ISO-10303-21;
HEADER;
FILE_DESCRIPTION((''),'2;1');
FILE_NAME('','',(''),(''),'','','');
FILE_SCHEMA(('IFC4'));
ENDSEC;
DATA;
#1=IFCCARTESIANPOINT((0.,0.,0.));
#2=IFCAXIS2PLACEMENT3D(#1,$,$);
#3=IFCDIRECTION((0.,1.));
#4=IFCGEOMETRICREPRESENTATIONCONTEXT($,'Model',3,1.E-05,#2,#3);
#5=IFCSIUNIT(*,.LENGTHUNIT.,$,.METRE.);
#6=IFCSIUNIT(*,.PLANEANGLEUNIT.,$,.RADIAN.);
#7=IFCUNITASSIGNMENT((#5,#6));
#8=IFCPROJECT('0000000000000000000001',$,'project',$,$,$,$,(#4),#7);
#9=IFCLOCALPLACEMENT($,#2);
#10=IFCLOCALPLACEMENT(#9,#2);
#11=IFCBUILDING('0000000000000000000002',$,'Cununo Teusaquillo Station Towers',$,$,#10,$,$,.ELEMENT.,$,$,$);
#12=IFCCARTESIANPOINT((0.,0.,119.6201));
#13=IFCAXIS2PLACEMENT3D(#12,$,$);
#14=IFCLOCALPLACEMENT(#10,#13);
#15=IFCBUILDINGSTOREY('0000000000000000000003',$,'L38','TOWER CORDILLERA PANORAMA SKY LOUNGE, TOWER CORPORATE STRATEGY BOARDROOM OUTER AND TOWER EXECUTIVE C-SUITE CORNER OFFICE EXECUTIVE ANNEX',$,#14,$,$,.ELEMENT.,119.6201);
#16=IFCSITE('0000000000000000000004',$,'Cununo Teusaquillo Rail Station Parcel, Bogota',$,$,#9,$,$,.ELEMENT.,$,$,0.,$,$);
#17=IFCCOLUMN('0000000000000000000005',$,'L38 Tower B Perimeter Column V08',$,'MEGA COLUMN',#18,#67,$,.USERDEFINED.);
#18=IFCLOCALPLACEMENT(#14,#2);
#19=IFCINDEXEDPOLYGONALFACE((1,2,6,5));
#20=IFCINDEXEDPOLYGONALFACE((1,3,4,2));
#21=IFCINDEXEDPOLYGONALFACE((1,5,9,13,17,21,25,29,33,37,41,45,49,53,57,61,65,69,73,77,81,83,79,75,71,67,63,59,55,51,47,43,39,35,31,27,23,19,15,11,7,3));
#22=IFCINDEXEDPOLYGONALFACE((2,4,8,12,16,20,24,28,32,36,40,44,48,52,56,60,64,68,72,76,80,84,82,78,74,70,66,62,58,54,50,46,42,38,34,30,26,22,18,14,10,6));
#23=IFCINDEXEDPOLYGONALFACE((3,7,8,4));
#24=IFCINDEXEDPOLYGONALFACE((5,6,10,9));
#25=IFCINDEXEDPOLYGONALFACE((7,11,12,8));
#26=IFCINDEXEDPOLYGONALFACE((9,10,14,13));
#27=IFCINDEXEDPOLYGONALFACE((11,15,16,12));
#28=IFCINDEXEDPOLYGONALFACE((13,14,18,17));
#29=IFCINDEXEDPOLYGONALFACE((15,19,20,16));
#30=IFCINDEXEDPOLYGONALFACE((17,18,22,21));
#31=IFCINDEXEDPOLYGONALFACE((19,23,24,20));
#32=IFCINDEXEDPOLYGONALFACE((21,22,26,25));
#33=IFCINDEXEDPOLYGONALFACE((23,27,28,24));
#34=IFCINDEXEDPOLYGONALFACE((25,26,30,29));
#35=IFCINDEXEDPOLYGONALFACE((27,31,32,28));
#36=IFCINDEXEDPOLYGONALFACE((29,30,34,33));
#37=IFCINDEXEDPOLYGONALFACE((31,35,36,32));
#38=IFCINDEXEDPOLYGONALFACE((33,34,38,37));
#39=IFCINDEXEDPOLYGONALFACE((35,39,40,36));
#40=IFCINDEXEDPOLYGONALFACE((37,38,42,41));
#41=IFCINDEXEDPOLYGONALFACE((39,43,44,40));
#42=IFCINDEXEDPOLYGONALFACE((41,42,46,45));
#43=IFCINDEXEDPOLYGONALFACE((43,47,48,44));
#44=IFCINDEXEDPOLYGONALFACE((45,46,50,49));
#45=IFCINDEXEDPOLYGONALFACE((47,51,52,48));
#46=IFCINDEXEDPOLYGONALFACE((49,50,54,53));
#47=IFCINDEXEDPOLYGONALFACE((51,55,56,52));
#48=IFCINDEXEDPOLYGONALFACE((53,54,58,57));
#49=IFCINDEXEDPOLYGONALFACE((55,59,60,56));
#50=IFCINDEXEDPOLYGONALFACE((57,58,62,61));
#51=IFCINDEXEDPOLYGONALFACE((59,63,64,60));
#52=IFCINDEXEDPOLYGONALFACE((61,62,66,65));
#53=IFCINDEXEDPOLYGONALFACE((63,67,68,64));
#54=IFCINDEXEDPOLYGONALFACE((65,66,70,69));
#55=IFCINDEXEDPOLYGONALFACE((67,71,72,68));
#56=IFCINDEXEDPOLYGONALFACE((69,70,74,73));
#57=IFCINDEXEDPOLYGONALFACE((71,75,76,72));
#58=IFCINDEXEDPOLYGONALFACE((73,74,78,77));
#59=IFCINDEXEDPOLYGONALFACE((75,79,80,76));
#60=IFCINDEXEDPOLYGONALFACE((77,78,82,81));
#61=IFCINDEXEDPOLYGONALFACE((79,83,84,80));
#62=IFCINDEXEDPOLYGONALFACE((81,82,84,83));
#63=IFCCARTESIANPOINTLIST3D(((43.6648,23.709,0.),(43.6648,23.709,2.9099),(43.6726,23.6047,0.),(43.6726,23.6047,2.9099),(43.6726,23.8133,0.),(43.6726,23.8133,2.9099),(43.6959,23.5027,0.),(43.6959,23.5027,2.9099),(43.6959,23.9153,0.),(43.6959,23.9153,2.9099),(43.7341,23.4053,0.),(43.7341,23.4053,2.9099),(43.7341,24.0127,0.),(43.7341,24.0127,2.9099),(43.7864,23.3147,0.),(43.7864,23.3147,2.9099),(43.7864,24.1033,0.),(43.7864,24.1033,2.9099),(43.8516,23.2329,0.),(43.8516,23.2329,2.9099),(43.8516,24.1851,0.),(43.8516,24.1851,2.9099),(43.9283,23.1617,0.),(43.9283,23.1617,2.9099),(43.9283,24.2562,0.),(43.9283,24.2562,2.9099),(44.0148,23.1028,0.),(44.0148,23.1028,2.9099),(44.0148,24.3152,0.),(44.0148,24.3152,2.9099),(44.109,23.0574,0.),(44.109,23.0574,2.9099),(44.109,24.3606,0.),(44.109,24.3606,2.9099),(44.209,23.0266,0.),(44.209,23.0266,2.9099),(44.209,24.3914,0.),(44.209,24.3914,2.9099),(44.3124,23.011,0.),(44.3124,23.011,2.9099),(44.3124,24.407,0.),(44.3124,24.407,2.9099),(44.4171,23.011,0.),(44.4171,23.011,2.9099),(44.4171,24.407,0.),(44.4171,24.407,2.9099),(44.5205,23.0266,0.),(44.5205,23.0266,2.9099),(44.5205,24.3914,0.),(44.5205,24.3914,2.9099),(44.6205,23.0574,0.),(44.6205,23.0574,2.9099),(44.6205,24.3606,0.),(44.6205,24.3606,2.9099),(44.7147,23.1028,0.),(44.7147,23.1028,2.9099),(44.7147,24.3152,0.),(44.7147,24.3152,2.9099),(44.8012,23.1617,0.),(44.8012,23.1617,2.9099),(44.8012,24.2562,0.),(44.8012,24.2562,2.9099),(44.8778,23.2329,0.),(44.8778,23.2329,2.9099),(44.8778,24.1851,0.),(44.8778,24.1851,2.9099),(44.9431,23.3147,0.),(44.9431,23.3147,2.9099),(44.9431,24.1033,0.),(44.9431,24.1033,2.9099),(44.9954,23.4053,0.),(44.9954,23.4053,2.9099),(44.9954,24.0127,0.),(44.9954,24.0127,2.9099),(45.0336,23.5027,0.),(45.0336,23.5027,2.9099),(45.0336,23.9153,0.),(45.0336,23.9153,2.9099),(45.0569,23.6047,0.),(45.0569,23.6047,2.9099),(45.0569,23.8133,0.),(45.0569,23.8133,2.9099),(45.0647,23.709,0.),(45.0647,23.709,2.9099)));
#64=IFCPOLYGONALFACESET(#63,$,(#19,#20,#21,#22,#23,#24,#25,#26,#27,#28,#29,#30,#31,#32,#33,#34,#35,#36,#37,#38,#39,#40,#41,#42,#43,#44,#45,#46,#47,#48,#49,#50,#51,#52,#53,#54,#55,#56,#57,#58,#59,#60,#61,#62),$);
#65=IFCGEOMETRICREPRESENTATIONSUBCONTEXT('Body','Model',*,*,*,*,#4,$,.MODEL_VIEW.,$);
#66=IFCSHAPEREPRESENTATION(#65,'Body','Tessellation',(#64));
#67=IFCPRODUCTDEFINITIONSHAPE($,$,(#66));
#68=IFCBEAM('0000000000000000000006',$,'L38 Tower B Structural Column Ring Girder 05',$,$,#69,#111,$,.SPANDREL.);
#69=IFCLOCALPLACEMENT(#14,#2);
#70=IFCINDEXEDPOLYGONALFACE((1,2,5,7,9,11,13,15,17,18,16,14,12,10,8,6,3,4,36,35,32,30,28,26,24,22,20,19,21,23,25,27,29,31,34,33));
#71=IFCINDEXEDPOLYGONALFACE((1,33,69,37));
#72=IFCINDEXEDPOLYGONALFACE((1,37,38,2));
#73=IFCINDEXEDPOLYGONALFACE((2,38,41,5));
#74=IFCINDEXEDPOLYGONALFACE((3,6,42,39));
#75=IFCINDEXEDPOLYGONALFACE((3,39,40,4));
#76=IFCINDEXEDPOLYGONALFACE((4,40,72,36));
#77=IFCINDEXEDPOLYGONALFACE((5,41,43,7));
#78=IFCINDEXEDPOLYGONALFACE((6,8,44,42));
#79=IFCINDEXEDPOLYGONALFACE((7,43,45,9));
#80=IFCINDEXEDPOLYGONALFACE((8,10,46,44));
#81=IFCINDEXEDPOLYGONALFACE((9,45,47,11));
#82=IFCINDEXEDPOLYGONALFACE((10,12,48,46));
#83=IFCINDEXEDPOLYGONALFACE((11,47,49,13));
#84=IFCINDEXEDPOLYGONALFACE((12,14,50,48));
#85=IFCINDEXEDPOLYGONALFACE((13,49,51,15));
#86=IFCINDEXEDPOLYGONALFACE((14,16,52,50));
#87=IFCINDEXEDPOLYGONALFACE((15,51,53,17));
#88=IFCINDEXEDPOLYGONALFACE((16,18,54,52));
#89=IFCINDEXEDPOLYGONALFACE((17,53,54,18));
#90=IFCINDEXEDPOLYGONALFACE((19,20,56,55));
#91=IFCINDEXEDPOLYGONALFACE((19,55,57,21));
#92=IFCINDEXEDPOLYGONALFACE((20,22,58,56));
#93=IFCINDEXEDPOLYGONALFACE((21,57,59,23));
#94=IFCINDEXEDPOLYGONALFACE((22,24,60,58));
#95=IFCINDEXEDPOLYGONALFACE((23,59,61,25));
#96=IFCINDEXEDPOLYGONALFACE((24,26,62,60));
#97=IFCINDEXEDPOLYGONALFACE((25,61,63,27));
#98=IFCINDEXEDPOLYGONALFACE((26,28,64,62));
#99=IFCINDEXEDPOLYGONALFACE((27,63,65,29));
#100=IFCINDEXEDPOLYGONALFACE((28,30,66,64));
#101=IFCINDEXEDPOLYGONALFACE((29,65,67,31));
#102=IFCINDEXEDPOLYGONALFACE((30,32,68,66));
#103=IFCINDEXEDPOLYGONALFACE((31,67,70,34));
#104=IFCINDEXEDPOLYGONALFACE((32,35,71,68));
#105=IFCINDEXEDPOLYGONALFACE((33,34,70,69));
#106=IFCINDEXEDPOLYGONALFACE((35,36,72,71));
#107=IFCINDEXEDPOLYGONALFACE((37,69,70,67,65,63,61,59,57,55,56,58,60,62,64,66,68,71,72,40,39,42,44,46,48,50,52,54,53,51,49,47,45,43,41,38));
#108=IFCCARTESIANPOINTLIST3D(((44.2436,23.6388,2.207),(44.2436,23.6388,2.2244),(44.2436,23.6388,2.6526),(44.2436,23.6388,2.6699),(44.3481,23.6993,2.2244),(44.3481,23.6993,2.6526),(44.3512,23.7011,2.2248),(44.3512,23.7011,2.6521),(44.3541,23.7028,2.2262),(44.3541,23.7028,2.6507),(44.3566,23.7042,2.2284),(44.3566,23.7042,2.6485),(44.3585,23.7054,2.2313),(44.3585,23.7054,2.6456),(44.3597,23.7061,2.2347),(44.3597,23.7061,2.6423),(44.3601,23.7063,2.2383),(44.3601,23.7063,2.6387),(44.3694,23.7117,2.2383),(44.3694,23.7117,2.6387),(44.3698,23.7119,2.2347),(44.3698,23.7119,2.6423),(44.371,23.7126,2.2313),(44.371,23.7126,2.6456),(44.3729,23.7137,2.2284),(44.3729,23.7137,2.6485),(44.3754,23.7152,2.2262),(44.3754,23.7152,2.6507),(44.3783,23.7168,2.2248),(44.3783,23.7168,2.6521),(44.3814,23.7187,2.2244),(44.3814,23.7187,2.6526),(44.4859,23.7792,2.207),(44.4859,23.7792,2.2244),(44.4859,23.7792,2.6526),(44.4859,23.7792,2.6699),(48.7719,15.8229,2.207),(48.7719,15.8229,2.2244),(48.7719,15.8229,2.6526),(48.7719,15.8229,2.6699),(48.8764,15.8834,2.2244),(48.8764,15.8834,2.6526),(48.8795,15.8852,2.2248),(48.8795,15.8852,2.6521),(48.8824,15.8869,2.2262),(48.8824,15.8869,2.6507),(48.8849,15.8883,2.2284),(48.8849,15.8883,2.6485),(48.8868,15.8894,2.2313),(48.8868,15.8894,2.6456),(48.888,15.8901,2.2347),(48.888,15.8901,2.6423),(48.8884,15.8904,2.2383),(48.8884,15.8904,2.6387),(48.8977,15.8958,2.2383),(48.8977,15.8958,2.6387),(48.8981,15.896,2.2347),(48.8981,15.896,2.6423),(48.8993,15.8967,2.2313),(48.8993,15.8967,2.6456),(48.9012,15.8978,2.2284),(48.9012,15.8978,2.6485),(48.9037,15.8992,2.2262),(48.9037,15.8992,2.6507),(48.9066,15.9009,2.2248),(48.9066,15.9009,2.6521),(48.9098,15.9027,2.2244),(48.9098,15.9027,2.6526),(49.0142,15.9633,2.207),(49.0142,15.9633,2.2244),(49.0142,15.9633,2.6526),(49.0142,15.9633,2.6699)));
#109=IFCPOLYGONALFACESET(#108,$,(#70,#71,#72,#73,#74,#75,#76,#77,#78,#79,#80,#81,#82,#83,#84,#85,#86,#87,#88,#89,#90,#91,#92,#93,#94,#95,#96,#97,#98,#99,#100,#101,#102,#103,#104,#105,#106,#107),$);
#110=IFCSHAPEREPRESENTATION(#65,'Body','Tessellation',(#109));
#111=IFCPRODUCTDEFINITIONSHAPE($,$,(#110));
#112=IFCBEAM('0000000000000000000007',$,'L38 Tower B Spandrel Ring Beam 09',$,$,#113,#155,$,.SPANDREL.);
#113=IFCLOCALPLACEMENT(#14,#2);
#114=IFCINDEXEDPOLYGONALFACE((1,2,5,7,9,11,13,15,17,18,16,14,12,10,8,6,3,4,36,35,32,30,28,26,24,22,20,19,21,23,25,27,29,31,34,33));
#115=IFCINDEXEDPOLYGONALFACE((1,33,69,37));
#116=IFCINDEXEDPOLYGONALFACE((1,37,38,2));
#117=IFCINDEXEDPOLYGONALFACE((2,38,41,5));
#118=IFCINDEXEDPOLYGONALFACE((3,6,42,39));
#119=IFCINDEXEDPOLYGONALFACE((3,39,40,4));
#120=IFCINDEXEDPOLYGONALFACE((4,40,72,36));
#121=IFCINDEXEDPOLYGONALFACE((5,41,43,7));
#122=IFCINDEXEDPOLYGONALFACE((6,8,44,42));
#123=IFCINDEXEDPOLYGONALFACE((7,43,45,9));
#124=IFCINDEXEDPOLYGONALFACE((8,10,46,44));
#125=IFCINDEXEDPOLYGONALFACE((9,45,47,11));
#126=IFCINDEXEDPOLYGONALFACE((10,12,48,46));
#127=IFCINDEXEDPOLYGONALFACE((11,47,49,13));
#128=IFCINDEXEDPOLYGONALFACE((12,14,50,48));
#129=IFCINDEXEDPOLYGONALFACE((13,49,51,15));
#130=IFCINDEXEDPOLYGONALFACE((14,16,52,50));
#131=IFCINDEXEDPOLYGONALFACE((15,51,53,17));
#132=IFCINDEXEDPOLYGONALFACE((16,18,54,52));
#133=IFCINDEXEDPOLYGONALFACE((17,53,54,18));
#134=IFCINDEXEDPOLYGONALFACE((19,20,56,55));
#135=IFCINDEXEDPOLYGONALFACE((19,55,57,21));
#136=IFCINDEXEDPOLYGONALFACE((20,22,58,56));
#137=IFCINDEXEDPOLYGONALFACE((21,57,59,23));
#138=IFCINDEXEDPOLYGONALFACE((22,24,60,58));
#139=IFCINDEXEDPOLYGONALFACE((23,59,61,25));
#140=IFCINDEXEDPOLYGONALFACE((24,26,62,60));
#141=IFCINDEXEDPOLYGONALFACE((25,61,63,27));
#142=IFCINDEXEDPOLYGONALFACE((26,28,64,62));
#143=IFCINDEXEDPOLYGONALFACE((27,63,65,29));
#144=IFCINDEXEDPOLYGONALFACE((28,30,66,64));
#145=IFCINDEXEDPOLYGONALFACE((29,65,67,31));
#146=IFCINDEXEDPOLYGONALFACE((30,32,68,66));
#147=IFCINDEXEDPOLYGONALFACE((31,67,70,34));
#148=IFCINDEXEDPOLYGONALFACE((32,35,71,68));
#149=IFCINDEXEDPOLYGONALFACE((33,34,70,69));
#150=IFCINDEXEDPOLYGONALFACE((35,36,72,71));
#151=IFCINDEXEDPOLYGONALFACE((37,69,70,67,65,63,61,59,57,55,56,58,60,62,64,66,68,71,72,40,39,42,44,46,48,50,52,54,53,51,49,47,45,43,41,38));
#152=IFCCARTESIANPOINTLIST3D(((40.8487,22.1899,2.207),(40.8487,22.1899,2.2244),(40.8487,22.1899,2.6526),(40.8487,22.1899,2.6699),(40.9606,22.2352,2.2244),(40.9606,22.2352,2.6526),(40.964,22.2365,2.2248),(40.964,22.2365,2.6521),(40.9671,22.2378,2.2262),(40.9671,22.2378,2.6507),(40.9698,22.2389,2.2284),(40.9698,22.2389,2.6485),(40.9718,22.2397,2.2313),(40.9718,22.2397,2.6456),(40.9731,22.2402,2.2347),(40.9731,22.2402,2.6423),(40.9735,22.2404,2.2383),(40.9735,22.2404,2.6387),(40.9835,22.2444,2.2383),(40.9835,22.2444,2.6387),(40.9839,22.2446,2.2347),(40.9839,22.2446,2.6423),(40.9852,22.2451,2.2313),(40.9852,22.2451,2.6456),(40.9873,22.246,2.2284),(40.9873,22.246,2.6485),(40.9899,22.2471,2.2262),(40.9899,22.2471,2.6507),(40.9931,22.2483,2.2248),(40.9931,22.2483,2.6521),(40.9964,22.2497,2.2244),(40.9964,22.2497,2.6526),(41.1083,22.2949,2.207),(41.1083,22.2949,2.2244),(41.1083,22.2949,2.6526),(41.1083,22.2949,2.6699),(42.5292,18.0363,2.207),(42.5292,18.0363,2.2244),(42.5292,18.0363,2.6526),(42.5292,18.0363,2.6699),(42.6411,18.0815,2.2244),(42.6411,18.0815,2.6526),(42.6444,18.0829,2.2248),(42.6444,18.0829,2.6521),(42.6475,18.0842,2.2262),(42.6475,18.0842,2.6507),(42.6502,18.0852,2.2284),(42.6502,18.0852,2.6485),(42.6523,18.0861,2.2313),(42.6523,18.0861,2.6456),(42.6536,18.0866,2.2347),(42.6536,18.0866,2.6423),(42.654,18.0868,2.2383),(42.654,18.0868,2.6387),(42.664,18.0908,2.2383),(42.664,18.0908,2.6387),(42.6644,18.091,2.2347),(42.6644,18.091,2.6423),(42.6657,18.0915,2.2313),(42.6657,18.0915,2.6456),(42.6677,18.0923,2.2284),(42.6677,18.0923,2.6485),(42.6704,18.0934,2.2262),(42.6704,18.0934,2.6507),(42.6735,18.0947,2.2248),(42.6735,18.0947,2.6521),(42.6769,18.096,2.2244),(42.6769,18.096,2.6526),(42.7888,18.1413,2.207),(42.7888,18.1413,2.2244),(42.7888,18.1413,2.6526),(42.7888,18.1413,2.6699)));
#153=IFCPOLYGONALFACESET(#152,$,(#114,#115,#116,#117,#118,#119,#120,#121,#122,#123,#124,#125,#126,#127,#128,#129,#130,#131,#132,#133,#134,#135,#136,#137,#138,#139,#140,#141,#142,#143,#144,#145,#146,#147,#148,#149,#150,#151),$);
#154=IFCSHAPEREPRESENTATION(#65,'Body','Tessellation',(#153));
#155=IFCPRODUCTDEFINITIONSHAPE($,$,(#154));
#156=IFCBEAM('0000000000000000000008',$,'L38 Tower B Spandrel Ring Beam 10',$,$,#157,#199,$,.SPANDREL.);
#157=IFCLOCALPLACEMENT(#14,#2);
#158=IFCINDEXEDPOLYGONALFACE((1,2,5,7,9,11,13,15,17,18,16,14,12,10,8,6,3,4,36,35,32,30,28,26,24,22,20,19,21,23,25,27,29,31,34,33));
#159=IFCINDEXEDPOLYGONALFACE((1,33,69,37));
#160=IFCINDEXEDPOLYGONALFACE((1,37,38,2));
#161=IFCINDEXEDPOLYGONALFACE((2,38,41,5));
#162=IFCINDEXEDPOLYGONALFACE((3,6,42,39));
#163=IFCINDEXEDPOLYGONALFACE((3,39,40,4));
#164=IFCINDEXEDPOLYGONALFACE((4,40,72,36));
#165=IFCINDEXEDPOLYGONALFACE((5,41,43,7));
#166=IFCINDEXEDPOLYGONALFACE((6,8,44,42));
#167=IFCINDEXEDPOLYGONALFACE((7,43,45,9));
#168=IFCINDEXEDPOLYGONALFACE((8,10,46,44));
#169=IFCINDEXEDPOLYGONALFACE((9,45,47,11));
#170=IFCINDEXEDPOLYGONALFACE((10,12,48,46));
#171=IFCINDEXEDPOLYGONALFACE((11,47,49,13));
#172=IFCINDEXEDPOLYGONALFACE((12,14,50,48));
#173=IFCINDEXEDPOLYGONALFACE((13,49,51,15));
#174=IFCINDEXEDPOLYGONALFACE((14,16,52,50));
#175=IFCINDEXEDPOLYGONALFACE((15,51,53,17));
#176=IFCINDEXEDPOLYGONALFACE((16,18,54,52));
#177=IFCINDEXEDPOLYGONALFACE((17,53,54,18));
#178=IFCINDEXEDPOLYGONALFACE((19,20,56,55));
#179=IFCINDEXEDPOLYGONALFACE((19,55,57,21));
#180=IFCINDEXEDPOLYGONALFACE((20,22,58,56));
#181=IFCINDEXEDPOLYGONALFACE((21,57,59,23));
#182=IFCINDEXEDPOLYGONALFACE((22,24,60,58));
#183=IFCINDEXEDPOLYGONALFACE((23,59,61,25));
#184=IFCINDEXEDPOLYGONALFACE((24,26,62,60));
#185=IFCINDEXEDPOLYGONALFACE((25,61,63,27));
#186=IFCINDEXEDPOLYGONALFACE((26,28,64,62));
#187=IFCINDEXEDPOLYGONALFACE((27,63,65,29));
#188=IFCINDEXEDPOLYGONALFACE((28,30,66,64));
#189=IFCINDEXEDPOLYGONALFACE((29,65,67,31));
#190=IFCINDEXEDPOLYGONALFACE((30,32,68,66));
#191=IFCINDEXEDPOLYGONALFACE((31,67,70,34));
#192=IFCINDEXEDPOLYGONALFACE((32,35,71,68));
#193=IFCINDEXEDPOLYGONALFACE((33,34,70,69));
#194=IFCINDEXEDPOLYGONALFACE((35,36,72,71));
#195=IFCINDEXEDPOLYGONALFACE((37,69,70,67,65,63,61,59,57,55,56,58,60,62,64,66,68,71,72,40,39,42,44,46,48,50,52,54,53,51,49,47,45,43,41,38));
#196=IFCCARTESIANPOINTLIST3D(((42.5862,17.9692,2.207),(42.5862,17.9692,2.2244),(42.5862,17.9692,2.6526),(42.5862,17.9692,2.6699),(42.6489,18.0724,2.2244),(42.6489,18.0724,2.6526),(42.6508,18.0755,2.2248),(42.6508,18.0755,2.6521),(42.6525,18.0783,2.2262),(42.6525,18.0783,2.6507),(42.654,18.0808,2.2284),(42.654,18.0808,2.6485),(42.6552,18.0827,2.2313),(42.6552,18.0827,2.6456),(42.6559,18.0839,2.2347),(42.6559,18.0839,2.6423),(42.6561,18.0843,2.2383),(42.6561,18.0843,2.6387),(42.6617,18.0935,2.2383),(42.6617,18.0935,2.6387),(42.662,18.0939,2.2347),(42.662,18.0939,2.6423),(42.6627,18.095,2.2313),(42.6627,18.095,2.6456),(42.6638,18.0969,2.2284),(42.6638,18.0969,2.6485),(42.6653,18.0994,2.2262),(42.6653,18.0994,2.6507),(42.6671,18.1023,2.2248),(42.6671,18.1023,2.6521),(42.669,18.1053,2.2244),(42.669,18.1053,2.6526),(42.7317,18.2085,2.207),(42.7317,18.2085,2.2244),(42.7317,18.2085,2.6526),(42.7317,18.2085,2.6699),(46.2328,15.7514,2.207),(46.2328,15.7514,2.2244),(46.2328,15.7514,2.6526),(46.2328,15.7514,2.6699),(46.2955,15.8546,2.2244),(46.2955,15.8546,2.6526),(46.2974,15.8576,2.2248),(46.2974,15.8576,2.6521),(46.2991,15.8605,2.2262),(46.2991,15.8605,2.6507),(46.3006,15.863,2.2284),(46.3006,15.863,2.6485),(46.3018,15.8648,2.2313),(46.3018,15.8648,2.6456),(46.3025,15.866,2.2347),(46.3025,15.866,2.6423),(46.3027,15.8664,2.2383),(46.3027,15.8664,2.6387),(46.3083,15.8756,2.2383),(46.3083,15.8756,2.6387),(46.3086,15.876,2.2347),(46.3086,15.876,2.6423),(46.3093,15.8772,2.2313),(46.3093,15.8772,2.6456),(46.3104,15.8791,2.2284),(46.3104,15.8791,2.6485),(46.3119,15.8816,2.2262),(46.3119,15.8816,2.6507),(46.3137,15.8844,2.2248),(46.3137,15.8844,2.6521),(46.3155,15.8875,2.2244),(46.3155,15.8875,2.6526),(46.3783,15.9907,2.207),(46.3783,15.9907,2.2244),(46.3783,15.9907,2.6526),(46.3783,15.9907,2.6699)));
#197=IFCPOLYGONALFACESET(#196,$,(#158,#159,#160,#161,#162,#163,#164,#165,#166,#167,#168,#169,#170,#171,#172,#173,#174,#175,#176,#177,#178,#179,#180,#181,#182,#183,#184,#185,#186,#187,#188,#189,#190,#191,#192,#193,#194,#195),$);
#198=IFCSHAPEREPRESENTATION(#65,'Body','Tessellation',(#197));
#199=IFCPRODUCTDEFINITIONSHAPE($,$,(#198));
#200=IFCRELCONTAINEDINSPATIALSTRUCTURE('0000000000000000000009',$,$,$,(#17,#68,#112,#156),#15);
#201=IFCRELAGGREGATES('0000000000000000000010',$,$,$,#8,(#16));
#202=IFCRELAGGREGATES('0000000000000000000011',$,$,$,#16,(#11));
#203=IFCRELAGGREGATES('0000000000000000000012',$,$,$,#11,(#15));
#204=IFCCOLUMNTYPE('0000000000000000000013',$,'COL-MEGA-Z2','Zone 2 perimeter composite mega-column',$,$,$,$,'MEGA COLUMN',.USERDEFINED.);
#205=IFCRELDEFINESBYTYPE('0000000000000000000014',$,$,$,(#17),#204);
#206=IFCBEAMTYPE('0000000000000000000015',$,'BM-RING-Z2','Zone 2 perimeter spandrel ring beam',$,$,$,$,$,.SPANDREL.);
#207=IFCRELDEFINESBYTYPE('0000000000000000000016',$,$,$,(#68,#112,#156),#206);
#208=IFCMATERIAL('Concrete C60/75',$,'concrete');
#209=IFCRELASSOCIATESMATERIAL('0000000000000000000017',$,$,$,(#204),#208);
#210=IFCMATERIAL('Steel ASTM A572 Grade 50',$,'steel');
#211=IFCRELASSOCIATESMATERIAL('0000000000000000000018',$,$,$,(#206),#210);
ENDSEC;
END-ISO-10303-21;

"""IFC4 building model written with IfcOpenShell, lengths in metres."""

from ifc_helpers import new_model, si_unit, direction, frame, origin, origin_2d, place, context, subcontext, project, spatial, circle, i_section, extrude, material, material_profile, profile_set, type_object, element, save


model = new_model("IFC4")

# Units and contexts
model_context = context("Model", 3, precision=1e-05, world=origin(), true_north=direction((0.0, 1.0)))
body_context = subcontext(model_context, "Body", "Model", "MODEL_VIEW")
ifc_project = project(units=[si_unit("LENGTHUNIT", "METRE"), si_unit("PLANEANGLEUNIT", "RADIAN")], contexts=[model_context])

# Site, building, storey
site_placement = place(None, origin())
site = spatial("IfcSite", under=ifc_project, at=site_placement, Name="Cununo Teusaquillo Rail Station Parcel, Bogota", CompositionType="ELEMENT", RefElevation=0.0)
building_placement = place(site_placement, origin())
building = spatial("IfcBuilding", under=site, at=building_placement, Name="Cununo Teusaquillo Station Towers", CompositionType="ELEMENT")
storey_placement = place(building_placement, frame((0.0, 0.0, 119.6201)))
storey = spatial("IfcBuildingStorey", under=building, at=storey_placement, Name="L38", Description="TOWER CORDILLERA PANORAMA SKY LOUNGE, TOWER CORPORATE STRATEGY BOARDROOM OUTER AND TOWER EXECUTIVE C-SUITE CORNER OFFICE EXECUTIVE ANNEX", CompositionType="ELEMENT", Elevation=119.6201)

# Column
ifc_material_1 = material(Name="Concrete C60/75", Category="concrete")
ifc_material_profile_1 = material_profile(ifc_material_1, circle(Radius=0.7, at=origin_2d()), Name="RC-CIRC-1400")
ifc_profile_set_1 = profile_set([ifc_material_profile_1], Name="Concrete C60/75")
column_type = type_object("IfcColumnType", Name="COL-MEGA-Z2", Description="Zone 2 perimeter composite mega-column", ElementType="MEGA COLUMN", PredefinedType="USERDEFINED", material=ifc_profile_set_1)
column_placement = place(storey_placement, frame((44.3647, 23.709, 0.0), z_axis=(0.0, 0.0, 1.0), x_axis=(1.0, 0.0, 0.0)))
element("IfcColumn", 1, at=column_placement, inside=storey, type_object=column_type, Name="L38 Tower B Perimeter Column V08", ObjectType="MEGA COLUMN", PredefinedType="USERDEFINED", context=body_context, shape_type="SweptSolid", body=[
    extrude(circle(Radius=0.7, at=origin_2d()), origin(), (0.0, 0.0, 1.0), 2.9099),
])

# Beams
ifc_material_2 = material(Name="Steel ASTM A572 Grade 50", Category="steel")
ifc_material_profile_2 = material_profile(ifc_material_2, i_section(OverallWidth=0.28, OverallDepth=0.4629, WebThickness=0.0107, FlangeThickness=0.0173, FilletRadius=0.0139, at=origin_2d()), Name="W18X76")
ifc_profile_set_2 = profile_set([ifc_material_profile_2], Name="Steel ASTM A572 Grade 50")
beam_type = type_object("IfcBeamType", Name="BM-RING-Z2", Description="Zone 2 perimeter spandrel ring beam", PredefinedType="SPANDREL", material=ifc_profile_set_2)
beam_1_placement = place(storey_placement, frame((44.3647, 23.709, 2.4385), z_axis=(0.501311, -0.865267, 0.0), x_axis=(0.865267, 0.501311, 0.0)))
element("IfcBeam", 2, at=beam_1_placement, inside=storey, type_object=beam_type, Name="L38 Tower B Structural Column Ring Girder 05", PredefinedType="SPANDREL", context=body_context, shape_type="SweptSolid", body=[
    extrude(i_section(OverallWidth=0.28, OverallDepth=0.4629, WebThickness=0.0107, FlangeThickness=0.0173, FilletRadius=0.0139, at=origin_2d()), origin(), (0.0, 0.0, 1.0), 9.033),
])
beam_2_placement = place(storey_placement, frame((40.9785, 22.2424, 2.4385), z_axis=(0.375042, -0.927008, 0.0), x_axis=(0.927008, 0.375042, 0.0)))
element("IfcBeam", 3, at=beam_2_placement, inside=storey, type_object=beam_type, Name="L38 Tower B Spandrel Ring Beam 09", PredefinedType="SPANDREL", context=body_context, shape_type="SweptSolid", body=[
    extrude(i_section(OverallWidth=0.28, OverallDepth=0.4629, WebThickness=0.0107, FlangeThickness=0.0173, FilletRadius=0.0139, at=origin_2d()), origin(), (0.0, 0.0, 1.0), 4.4807),
])
beam_3_placement = place(storey_placement, frame((42.6589, 18.0889, 2.4385), z_axis=(0.854388, -0.519635, 0.0), x_axis=(0.519635, 0.854388, 0.0)))
element("IfcBeam", 4, at=beam_3_placement, inside=storey, type_object=beam_type, Name="L38 Tower B Spandrel Ring Beam 10", PredefinedType="SPANDREL", context=body_context, shape_type="SweptSolid", body=[
    extrude(i_section(OverallWidth=0.28, OverallDepth=0.4629, WebThickness=0.0107, FlangeThickness=0.0173, FilletRadius=0.0139, at=origin_2d()), origin(), (0.0, 0.0, 1.0), 4.2681),
])

save(model, "model.ifc")
